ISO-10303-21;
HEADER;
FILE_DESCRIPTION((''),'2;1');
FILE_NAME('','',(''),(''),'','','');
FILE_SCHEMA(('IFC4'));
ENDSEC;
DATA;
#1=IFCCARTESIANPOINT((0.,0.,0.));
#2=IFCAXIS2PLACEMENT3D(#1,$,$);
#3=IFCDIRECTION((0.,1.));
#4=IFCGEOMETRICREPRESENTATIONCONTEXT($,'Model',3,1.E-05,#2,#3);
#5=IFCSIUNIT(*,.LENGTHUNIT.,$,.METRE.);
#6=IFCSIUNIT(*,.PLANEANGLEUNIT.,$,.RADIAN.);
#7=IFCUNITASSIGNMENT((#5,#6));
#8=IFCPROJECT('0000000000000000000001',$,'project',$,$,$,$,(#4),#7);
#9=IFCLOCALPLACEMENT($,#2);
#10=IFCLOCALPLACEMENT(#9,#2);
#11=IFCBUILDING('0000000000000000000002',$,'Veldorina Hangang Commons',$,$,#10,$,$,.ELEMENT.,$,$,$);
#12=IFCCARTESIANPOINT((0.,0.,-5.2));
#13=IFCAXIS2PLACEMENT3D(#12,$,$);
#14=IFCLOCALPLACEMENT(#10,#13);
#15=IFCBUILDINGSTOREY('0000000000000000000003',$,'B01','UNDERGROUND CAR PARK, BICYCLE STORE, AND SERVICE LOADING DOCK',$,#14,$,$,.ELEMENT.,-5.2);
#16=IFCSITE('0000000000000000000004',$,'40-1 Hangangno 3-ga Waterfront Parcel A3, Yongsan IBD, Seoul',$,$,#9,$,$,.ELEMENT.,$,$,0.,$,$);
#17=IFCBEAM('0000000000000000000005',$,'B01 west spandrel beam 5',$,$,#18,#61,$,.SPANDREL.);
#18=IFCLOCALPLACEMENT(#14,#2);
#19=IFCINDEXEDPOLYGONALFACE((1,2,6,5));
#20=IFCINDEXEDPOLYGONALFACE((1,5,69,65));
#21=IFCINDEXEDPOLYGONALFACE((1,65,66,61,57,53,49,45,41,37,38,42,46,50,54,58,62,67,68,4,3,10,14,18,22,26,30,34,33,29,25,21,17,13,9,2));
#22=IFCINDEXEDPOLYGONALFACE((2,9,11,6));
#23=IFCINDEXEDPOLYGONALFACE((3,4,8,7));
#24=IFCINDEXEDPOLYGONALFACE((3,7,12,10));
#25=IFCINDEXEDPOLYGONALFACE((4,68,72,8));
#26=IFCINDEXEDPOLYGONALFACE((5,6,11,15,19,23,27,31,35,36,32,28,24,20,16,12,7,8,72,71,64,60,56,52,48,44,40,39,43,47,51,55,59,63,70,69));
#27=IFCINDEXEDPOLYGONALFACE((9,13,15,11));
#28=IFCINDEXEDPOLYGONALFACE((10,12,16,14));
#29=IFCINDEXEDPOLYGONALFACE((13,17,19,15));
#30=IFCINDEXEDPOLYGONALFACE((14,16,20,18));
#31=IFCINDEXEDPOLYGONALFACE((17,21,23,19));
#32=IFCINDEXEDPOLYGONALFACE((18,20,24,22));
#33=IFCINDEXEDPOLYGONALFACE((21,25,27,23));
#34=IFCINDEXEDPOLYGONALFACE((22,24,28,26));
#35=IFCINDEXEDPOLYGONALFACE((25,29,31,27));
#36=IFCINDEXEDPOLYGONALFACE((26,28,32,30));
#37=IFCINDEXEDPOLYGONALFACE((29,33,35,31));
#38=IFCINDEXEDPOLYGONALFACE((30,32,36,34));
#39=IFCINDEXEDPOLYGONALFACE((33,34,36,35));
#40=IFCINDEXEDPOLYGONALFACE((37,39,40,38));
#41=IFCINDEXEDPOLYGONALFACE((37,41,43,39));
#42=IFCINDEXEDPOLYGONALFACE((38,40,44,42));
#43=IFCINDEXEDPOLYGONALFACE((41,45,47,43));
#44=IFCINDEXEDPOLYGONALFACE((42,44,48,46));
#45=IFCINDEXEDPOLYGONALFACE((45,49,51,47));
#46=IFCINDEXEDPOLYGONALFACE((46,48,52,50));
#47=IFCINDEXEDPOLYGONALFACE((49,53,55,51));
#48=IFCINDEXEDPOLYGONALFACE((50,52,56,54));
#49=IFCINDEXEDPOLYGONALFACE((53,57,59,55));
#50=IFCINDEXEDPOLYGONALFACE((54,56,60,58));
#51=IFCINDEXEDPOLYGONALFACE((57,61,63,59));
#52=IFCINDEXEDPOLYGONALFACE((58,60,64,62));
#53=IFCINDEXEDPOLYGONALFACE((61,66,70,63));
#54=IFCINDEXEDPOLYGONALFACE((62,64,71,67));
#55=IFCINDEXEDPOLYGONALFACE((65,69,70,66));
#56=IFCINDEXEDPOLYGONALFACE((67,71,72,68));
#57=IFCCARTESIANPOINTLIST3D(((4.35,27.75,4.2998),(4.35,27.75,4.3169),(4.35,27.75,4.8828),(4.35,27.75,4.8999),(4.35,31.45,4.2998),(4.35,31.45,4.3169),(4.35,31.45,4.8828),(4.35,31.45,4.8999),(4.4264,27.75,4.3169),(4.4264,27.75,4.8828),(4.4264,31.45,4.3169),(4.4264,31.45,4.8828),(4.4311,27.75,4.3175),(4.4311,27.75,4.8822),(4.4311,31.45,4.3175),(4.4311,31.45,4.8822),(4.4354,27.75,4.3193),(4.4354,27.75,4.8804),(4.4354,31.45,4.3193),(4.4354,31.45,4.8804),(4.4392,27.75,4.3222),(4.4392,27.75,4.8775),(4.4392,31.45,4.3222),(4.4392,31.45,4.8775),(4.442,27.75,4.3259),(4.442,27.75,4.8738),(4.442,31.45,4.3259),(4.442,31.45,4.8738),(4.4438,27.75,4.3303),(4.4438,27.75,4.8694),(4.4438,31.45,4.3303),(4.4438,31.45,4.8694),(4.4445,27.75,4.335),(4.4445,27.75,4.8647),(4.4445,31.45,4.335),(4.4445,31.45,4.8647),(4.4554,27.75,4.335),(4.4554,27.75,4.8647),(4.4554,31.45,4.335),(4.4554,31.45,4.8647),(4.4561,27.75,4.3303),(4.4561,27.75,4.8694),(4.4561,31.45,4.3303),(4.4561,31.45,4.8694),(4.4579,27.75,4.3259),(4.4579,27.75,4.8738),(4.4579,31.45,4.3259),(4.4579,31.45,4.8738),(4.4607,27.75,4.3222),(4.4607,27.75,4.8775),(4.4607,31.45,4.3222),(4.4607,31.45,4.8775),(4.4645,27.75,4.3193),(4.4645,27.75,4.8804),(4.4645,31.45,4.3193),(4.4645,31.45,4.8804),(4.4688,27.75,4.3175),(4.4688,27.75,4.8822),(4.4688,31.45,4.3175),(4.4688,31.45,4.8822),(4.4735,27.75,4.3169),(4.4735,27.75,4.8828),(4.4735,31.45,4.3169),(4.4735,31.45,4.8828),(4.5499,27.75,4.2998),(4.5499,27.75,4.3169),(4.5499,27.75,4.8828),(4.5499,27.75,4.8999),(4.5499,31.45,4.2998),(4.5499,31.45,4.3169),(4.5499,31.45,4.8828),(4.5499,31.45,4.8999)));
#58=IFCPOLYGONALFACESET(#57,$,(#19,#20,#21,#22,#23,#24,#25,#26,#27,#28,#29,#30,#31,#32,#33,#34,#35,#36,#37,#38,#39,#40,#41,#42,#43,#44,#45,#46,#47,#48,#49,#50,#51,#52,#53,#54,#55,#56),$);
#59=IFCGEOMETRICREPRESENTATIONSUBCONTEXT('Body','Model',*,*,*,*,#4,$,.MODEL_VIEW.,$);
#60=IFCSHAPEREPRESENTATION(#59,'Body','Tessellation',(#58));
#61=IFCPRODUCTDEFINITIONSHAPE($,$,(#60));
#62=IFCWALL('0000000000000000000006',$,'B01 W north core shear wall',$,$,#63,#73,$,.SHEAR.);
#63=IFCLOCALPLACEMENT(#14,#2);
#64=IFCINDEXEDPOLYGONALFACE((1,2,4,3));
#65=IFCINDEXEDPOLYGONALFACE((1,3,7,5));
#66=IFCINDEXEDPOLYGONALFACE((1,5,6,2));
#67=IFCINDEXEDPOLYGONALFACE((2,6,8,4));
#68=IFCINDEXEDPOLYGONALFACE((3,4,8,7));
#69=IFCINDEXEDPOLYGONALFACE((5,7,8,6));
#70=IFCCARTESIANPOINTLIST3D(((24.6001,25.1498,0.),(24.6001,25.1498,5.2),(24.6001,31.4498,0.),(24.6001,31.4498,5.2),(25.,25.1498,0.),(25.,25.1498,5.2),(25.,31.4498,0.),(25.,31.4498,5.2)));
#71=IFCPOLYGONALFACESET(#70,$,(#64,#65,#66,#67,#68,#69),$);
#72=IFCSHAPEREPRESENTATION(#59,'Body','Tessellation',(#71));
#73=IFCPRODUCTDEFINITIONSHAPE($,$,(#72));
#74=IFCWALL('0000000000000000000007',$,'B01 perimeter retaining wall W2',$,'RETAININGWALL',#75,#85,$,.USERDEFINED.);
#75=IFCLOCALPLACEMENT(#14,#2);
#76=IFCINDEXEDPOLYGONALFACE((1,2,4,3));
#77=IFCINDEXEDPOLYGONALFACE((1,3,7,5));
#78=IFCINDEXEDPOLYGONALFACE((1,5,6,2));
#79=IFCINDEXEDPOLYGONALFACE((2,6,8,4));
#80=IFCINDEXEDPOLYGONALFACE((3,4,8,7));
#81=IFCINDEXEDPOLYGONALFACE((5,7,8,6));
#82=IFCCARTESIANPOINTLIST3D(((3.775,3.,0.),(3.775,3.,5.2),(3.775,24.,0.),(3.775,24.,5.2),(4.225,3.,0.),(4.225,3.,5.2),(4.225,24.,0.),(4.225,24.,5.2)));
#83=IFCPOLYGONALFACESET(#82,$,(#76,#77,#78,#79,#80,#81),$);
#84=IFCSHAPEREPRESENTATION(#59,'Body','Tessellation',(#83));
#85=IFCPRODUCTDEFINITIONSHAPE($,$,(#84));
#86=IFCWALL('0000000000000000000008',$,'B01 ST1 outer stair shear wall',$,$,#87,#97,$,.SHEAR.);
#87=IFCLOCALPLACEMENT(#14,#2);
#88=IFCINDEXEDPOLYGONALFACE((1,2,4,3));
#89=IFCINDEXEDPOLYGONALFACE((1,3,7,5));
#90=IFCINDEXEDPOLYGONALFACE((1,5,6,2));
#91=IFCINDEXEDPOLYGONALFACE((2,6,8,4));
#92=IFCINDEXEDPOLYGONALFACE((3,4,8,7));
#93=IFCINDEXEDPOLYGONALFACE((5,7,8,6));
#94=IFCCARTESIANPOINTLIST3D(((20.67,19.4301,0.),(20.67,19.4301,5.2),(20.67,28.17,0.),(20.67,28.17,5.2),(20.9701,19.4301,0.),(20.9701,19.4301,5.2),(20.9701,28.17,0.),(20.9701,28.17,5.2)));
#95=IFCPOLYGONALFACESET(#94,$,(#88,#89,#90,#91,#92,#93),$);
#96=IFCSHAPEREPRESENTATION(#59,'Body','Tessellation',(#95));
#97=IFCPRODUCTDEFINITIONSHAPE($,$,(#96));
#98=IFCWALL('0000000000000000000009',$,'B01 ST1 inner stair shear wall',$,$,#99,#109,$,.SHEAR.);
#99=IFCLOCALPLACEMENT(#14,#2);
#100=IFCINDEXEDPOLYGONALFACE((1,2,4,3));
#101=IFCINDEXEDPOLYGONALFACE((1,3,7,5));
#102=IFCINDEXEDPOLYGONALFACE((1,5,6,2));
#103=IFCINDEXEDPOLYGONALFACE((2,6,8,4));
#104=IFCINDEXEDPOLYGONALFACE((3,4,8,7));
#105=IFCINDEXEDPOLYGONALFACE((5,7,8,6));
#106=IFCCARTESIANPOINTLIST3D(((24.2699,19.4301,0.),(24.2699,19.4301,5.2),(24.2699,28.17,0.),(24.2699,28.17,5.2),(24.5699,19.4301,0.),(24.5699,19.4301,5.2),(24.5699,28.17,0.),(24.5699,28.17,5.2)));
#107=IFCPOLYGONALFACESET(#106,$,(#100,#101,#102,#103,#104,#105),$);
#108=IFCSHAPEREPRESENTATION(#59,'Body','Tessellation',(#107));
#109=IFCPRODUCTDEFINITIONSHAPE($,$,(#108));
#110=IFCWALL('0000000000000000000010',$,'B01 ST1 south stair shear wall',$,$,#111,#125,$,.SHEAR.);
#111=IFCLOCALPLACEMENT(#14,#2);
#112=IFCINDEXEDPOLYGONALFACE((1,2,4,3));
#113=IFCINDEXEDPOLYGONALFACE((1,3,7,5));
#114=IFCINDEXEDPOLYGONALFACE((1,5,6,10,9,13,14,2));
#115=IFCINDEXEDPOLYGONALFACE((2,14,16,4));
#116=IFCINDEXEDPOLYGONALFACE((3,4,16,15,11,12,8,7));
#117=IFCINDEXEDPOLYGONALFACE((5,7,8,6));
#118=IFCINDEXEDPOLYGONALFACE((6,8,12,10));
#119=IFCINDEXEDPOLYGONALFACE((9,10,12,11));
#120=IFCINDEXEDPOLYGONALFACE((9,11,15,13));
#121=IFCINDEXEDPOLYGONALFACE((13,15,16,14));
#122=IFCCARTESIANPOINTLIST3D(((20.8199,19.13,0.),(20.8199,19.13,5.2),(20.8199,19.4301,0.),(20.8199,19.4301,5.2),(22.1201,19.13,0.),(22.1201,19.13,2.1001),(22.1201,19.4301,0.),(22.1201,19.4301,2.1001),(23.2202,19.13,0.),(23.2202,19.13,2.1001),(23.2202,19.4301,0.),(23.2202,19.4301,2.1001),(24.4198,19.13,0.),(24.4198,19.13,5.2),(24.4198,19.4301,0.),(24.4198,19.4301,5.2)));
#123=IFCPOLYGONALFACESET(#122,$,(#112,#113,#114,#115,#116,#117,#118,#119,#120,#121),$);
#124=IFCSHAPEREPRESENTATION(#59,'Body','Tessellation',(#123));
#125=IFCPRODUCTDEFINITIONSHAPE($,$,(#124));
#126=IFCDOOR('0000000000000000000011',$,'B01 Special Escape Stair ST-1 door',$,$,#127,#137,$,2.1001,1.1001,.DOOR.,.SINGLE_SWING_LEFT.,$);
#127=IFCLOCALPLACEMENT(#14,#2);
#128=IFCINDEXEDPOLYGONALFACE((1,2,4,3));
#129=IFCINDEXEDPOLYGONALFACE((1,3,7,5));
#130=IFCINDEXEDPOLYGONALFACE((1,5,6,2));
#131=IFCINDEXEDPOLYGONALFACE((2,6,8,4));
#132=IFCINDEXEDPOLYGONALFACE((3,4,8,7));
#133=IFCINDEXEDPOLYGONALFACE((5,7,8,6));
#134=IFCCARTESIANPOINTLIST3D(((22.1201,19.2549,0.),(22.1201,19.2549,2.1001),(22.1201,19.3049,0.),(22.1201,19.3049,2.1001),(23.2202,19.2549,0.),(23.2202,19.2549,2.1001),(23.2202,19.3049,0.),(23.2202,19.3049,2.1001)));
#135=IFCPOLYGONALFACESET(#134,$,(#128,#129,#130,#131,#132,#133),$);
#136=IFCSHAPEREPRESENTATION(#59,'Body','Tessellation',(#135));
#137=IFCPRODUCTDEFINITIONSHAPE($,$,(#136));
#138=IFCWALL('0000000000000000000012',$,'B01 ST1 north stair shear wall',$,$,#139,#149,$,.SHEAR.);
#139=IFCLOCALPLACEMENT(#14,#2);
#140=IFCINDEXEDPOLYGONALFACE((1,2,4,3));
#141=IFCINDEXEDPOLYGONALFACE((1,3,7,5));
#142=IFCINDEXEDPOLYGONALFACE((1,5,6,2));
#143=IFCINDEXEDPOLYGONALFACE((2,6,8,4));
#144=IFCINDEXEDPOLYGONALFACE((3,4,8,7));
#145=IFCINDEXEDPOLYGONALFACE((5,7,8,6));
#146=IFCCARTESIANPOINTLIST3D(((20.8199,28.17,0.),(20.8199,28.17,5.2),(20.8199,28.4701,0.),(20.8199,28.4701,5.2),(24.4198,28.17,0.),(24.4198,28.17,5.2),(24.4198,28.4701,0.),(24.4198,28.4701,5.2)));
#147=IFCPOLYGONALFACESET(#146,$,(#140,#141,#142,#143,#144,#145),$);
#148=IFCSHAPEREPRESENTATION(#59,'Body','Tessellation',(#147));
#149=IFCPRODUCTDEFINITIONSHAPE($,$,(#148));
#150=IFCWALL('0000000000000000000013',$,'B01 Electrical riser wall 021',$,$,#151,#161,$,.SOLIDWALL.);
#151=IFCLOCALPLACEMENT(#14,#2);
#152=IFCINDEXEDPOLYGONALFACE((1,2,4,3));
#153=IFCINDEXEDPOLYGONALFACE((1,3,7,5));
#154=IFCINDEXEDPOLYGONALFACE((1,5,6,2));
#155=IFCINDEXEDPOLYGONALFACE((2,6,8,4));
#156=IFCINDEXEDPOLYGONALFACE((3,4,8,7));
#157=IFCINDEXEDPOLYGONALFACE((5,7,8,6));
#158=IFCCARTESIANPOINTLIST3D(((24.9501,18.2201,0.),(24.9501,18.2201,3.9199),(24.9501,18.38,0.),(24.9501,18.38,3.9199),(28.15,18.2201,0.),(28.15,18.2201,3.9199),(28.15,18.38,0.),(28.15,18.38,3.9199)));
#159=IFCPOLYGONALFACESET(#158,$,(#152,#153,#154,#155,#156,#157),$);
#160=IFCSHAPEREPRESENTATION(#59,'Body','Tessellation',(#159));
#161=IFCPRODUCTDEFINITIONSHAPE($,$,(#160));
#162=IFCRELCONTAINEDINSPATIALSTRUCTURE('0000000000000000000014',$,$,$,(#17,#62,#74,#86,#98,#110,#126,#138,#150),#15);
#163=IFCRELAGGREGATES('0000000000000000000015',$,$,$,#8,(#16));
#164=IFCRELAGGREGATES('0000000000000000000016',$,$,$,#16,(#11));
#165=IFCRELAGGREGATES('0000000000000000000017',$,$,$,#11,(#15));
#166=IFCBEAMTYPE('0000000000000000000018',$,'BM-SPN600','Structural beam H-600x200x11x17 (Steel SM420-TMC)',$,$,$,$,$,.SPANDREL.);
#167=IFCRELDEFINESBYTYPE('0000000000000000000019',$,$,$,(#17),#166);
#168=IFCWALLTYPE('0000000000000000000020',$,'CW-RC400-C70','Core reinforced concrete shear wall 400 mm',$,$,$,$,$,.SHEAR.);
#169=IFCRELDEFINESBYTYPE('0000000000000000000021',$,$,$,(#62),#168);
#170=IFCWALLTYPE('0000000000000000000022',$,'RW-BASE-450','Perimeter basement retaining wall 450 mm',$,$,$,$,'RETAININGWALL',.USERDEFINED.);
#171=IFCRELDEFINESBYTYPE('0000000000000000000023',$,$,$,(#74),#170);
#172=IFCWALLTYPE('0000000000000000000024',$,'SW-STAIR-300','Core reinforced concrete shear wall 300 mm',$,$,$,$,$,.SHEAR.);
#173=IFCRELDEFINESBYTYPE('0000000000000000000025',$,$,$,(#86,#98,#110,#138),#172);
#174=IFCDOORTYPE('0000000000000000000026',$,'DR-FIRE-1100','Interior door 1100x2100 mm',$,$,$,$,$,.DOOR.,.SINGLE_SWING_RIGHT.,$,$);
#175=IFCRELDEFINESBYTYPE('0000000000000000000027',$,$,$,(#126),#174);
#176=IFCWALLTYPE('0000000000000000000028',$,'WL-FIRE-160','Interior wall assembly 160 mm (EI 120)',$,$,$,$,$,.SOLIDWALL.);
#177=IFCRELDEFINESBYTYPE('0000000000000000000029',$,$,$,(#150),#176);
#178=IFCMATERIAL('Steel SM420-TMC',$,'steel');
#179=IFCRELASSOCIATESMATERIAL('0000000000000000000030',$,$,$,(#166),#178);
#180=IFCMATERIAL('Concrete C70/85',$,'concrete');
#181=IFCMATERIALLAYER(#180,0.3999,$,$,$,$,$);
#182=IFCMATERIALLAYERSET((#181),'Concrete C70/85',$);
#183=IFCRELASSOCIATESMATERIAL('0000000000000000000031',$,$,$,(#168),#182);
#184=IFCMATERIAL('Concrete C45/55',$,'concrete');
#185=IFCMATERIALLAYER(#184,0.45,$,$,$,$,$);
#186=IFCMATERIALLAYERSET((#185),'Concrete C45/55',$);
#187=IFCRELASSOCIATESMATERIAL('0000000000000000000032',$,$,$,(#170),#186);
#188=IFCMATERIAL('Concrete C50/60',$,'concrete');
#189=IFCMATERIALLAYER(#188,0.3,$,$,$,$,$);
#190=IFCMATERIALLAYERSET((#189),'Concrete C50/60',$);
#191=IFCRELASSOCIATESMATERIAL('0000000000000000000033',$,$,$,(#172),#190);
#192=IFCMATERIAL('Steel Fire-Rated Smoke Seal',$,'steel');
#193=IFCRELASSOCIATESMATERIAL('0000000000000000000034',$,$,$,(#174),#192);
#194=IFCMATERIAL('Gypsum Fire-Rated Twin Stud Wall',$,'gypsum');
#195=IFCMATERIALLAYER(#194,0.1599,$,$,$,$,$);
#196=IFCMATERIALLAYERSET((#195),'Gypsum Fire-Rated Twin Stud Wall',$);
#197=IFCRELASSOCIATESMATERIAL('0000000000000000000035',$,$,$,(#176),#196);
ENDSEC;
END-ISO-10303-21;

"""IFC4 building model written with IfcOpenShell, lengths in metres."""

from ifc_helpers import new_model, si_unit, direction, frame, frame_2d, origin, origin_2d, place, context, subcontext, project, spatial, rectangle, i_section, extrude, material, layer, layer_set, material_profile, profile_set, type_object, element, fill, save


model = new_model("IFC4")

# Units and contexts
model_context = context("Model", 3, precision=1e-05, world=origin(), true_north=direction((0.0, 1.0)))
body_context = subcontext(model_context, "Body", "Model", "MODEL_VIEW")
ifc_project = project(units=[si_unit("LENGTHUNIT", "METRE"), si_unit("PLANEANGLEUNIT", "RADIAN")], contexts=[model_context])

# Site, building, storey
site_placement = place(None, origin())
site = spatial("IfcSite", under=ifc_project, at=site_placement, Name="40-1 Hangangno 3-ga Waterfront Parcel A3, Yongsan IBD, Seoul", CompositionType="ELEMENT", RefElevation=0.0)
building_placement = place(site_placement, origin())
building = spatial("IfcBuilding", under=site, at=building_placement, Name="Veldorina Hangang Commons", CompositionType="ELEMENT")
storey_placement = place(building_placement, frame((0.0, 0.0, -5.2)))
storey = spatial("IfcBuildingStorey", under=building, at=storey_placement, Name="B01", Description="UNDERGROUND CAR PARK, BICYCLE STORE, AND SERVICE LOADING DOCK", CompositionType="ELEMENT", Elevation=-5.2)

# Shared definitions
ifc_material_1 = material(Name="Concrete C50/60", Category="concrete")

# Beam
ifc_material_2 = material(Name="Concrete C70/85", Category="concrete")
ifc_material_3 = material(Name="Steel SM420-TMC", Category="steel")
ifc_material_profile_1 = material_profile(ifc_material_3, i_section(OverallWidth=0.2, OverallDepth=0.6001, WebThickness=0.011, FlangeThickness=0.0171, FilletRadius=0.0181, at=origin_2d()), Name="H-600x200x11x17")
ifc_profile_set_1 = profile_set([ifc_material_profile_1], Name="Steel SM420-TMC")
beam_type_1 = type_object("IfcBeamType", Name="BM-SPN600", Description="Structural beam H-600x200x11x17 (Steel SM420-TMC)", PredefinedType="SPANDREL", material=ifc_profile_set_1)
beam_1_placement = place(storey_placement, frame((4.45, 27.75, 4.5999), z_axis=(0.0, 1.0, 0.0), x_axis=(-1.0, 0.0, 0.0)))
element("IfcBeam", 1, at=beam_1_placement, inside=storey, type_object=beam_type_1, Name="B01 west spandrel beam 5", PredefinedType="SPANDREL", context=body_context, shape_type="SweptSolid", body=[
    extrude(i_section(OverallWidth=0.2, OverallDepth=0.6001, WebThickness=0.011, FlangeThickness=0.0171, FilletRadius=0.0181, at=origin_2d()), origin(), (0.0, 0.0, 1.0), 3.7),
])

# Walls
ifc_layer_1 = layer(ifc_material_2, 0.3999)
ifc_layer_set_1 = layer_set([ifc_layer_1], Name="Concrete C70/85")
wall_type_1 = type_object("IfcWallType", Name="CW-RC400-C70", Description="Core reinforced concrete shear wall 400 mm", PredefinedType="SHEAR", material=ifc_layer_set_1)
wall_1_placement = place(storey_placement, frame((24.8, 25.1499, 0.0), z_axis=(0.0, 0.0, 1.0), x_axis=(0.0, 1.0, 0.0)))
element("IfcWall", 2, at=wall_1_placement, inside=storey, type_object=wall_type_1, Name="B01 W north core shear wall", PredefinedType="SHEAR", context=body_context, shape_type="SweptSolid", body=[
    extrude(rectangle(XDim=6.3, YDim=0.3999, at=frame_2d((3.1499, 0.0))), origin(), (0.0, 0.0, 1.0), 5.2),
])
ifc_material_4 = material(Name="Concrete C45/55", Category="concrete")
ifc_layer_2 = layer(ifc_material_4, 0.45)
ifc_layer_set_2 = layer_set([ifc_layer_2], Name="Concrete C45/55")
wall_type_2 = type_object("IfcWallType", Name="RW-BASE-450", Description="Perimeter basement retaining wall 450 mm", ElementType="RETAININGWALL", PredefinedType="USERDEFINED", material=ifc_layer_set_2)
wall_2_placement = place(storey_placement, frame((4.0, 24.0, 0.0), z_axis=(0.0, 0.0, 1.0), x_axis=(0.0, -1.0, 0.0)))
element("IfcWall", 3, at=wall_2_placement, inside=storey, type_object=wall_type_2, Name="B01 perimeter retaining wall W2", ObjectType="RETAININGWALL", PredefinedType="USERDEFINED", context=body_context, shape_type="SweptSolid", body=[
    extrude(rectangle(XDim=21.0, YDim=0.45, at=frame_2d((10.5, 0.0))), origin(), (0.0, 0.0, 1.0), 5.2),
])
ifc_layer_3 = layer(ifc_material_1, 0.3)
ifc_layer_set_3 = layer_set([ifc_layer_3], Name="Concrete C50/60")
wall_type_3 = type_object("IfcWallType", Name="SW-STAIR-300", Description="Core reinforced concrete shear wall 300 mm", PredefinedType="SHEAR", material=ifc_layer_set_3)
for number, where, z_axis, x_axis, name in (
    (4, (20.8201, 19.4299, 0.0), (0.0, 0.0, 1.0), (0.0, 1.0, 0.0), "B01 ST1 outer stair shear wall"),
    (5, (24.4199, 19.4299, 0.0), (0.0, 0.0, 1.0), (0.0, 1.0, 0.0), "B01 ST1 inner stair shear wall"),
):
    element("IfcWall", number, at=place(storey_placement, frame(where, z_axis=z_axis, x_axis=x_axis)), inside=storey, type_object=wall_type_3, Name=name, PredefinedType="SHEAR", context=body_context, shape_type="SweptSolid", body=[
        extrude(rectangle(XDim=8.74, YDim=0.3, at=frame_2d((4.3701, 0.0))), origin(), (0.0, 0.0, 1.0), 5.2),
    ])

# Wall, opening, door
wall_3_placement = place(storey_placement, frame((20.8201, 19.28, 0.0), z_axis=(0.0, 0.0, 1.0), x_axis=(1.0, 0.0, 0.0)))
wall_3 = element("IfcWall", 6, at=wall_3_placement, inside=storey, type_object=wall_type_3, Name="B01 ST1 south stair shear wall", PredefinedType="SHEAR", context=body_context, shape_type="SweptSolid", body=[
    extrude(rectangle(XDim=3.5999, YDim=0.3, at=frame_2d((1.7998, 0.0))), origin(), (0.0, 0.0, 1.0), 5.2),
])
opening_1_placement = place(wall_3_placement, frame((1.3, 0.0, 0.0)))
opening_1 = element("IfcOpeningElement", 7, at=opening_1_placement, cuts=wall_3, PredefinedType="OPENING", context=body_context, shape_type="SweptSolid", body=[
    extrude(rectangle(XDim=1.1001, YDim=2.1001, at=frame_2d((0.55, 1.05))), frame((0.0, 0.1602, 0.0), z_axis=(0.0, -1.0, 0.0), x_axis=(1.0, 0.0, 0.0)), (0.0, 0.0, 1.0), 0.3201),
])
ifc_material_5 = material(Name="Steel Fire-Rated Smoke Seal", Category="steel")
door_type_1 = type_object("IfcDoorType", Name="DR-FIRE-1100", Description="Interior door 1100x2100 mm", OperationType="SINGLE_SWING_RIGHT", PredefinedType="DOOR", material=ifc_material_5)
door_1_placement = place(opening_1_placement, origin())
door_1 = element("IfcDoor", 8, at=door_1_placement, inside=storey, type_object=door_type_1, Name="B01 Special Escape Stair ST-1 door", OperationType="SINGLE_SWING_LEFT", OverallHeight=2.1001, OverallWidth=1.1001, PredefinedType="DOOR", context=body_context, shape_type="SweptSolid", body=[
    extrude(rectangle(XDim=1.1001, YDim=2.1001, at=frame_2d((0.55, 1.05))), frame((0.0, 0.0249, 0.0), z_axis=(0.0, -1.0, 0.0), x_axis=(1.0, 0.0, 0.0)), (0.0, 0.0, 1.0), 0.05),
])
fill(opening_1, door_1)

# Walls
wall_4_placement = place(storey_placement, frame((20.8201, 28.3201, 0.0), z_axis=(0.0, 0.0, 1.0), x_axis=(1.0, 0.0, 0.0)))
element("IfcWall", 9, at=wall_4_placement, inside=storey, type_object=wall_type_3, Name="B01 ST1 north stair shear wall", PredefinedType="SHEAR", context=body_context, shape_type="SweptSolid", body=[
    extrude(rectangle(XDim=3.5999, YDim=0.3, at=frame_2d((1.7998, 0.0))), origin(), (0.0, 0.0, 1.0), 5.2),
])
ifc_material_6 = material(Name="Gypsum Fire-Rated Twin Stud Wall", Category="gypsum")
ifc_layer_4 = layer(ifc_material_6, 0.1599)
ifc_layer_set_4 = layer_set([ifc_layer_4], Name="Gypsum Fire-Rated Twin Stud Wall")
wall_type_4 = type_object("IfcWallType", Name="WL-FIRE-160", Description="Interior wall assembly 160 mm (EI 120)", PredefinedType="SOLIDWALL", material=ifc_layer_set_4)
wall_5_placement = place(storey_placement, frame((24.95, 18.3, 0.0), z_axis=(0.0, 0.0, 1.0), x_axis=(1.0, 0.0, 0.0)))
element("IfcWall", 10, at=wall_5_placement, inside=storey, type_object=wall_type_4, Name="B01 Electrical riser wall 021", PredefinedType="SOLIDWALL", context=body_context, shape_type="SweptSolid", body=[
    extrude(rectangle(XDim=3.2, YDim=0.1599, at=frame_2d((1.6001, 0.0))), origin(), (0.0, 0.0, 1.0), 3.9199),
])

save(model, "model.ifc")
